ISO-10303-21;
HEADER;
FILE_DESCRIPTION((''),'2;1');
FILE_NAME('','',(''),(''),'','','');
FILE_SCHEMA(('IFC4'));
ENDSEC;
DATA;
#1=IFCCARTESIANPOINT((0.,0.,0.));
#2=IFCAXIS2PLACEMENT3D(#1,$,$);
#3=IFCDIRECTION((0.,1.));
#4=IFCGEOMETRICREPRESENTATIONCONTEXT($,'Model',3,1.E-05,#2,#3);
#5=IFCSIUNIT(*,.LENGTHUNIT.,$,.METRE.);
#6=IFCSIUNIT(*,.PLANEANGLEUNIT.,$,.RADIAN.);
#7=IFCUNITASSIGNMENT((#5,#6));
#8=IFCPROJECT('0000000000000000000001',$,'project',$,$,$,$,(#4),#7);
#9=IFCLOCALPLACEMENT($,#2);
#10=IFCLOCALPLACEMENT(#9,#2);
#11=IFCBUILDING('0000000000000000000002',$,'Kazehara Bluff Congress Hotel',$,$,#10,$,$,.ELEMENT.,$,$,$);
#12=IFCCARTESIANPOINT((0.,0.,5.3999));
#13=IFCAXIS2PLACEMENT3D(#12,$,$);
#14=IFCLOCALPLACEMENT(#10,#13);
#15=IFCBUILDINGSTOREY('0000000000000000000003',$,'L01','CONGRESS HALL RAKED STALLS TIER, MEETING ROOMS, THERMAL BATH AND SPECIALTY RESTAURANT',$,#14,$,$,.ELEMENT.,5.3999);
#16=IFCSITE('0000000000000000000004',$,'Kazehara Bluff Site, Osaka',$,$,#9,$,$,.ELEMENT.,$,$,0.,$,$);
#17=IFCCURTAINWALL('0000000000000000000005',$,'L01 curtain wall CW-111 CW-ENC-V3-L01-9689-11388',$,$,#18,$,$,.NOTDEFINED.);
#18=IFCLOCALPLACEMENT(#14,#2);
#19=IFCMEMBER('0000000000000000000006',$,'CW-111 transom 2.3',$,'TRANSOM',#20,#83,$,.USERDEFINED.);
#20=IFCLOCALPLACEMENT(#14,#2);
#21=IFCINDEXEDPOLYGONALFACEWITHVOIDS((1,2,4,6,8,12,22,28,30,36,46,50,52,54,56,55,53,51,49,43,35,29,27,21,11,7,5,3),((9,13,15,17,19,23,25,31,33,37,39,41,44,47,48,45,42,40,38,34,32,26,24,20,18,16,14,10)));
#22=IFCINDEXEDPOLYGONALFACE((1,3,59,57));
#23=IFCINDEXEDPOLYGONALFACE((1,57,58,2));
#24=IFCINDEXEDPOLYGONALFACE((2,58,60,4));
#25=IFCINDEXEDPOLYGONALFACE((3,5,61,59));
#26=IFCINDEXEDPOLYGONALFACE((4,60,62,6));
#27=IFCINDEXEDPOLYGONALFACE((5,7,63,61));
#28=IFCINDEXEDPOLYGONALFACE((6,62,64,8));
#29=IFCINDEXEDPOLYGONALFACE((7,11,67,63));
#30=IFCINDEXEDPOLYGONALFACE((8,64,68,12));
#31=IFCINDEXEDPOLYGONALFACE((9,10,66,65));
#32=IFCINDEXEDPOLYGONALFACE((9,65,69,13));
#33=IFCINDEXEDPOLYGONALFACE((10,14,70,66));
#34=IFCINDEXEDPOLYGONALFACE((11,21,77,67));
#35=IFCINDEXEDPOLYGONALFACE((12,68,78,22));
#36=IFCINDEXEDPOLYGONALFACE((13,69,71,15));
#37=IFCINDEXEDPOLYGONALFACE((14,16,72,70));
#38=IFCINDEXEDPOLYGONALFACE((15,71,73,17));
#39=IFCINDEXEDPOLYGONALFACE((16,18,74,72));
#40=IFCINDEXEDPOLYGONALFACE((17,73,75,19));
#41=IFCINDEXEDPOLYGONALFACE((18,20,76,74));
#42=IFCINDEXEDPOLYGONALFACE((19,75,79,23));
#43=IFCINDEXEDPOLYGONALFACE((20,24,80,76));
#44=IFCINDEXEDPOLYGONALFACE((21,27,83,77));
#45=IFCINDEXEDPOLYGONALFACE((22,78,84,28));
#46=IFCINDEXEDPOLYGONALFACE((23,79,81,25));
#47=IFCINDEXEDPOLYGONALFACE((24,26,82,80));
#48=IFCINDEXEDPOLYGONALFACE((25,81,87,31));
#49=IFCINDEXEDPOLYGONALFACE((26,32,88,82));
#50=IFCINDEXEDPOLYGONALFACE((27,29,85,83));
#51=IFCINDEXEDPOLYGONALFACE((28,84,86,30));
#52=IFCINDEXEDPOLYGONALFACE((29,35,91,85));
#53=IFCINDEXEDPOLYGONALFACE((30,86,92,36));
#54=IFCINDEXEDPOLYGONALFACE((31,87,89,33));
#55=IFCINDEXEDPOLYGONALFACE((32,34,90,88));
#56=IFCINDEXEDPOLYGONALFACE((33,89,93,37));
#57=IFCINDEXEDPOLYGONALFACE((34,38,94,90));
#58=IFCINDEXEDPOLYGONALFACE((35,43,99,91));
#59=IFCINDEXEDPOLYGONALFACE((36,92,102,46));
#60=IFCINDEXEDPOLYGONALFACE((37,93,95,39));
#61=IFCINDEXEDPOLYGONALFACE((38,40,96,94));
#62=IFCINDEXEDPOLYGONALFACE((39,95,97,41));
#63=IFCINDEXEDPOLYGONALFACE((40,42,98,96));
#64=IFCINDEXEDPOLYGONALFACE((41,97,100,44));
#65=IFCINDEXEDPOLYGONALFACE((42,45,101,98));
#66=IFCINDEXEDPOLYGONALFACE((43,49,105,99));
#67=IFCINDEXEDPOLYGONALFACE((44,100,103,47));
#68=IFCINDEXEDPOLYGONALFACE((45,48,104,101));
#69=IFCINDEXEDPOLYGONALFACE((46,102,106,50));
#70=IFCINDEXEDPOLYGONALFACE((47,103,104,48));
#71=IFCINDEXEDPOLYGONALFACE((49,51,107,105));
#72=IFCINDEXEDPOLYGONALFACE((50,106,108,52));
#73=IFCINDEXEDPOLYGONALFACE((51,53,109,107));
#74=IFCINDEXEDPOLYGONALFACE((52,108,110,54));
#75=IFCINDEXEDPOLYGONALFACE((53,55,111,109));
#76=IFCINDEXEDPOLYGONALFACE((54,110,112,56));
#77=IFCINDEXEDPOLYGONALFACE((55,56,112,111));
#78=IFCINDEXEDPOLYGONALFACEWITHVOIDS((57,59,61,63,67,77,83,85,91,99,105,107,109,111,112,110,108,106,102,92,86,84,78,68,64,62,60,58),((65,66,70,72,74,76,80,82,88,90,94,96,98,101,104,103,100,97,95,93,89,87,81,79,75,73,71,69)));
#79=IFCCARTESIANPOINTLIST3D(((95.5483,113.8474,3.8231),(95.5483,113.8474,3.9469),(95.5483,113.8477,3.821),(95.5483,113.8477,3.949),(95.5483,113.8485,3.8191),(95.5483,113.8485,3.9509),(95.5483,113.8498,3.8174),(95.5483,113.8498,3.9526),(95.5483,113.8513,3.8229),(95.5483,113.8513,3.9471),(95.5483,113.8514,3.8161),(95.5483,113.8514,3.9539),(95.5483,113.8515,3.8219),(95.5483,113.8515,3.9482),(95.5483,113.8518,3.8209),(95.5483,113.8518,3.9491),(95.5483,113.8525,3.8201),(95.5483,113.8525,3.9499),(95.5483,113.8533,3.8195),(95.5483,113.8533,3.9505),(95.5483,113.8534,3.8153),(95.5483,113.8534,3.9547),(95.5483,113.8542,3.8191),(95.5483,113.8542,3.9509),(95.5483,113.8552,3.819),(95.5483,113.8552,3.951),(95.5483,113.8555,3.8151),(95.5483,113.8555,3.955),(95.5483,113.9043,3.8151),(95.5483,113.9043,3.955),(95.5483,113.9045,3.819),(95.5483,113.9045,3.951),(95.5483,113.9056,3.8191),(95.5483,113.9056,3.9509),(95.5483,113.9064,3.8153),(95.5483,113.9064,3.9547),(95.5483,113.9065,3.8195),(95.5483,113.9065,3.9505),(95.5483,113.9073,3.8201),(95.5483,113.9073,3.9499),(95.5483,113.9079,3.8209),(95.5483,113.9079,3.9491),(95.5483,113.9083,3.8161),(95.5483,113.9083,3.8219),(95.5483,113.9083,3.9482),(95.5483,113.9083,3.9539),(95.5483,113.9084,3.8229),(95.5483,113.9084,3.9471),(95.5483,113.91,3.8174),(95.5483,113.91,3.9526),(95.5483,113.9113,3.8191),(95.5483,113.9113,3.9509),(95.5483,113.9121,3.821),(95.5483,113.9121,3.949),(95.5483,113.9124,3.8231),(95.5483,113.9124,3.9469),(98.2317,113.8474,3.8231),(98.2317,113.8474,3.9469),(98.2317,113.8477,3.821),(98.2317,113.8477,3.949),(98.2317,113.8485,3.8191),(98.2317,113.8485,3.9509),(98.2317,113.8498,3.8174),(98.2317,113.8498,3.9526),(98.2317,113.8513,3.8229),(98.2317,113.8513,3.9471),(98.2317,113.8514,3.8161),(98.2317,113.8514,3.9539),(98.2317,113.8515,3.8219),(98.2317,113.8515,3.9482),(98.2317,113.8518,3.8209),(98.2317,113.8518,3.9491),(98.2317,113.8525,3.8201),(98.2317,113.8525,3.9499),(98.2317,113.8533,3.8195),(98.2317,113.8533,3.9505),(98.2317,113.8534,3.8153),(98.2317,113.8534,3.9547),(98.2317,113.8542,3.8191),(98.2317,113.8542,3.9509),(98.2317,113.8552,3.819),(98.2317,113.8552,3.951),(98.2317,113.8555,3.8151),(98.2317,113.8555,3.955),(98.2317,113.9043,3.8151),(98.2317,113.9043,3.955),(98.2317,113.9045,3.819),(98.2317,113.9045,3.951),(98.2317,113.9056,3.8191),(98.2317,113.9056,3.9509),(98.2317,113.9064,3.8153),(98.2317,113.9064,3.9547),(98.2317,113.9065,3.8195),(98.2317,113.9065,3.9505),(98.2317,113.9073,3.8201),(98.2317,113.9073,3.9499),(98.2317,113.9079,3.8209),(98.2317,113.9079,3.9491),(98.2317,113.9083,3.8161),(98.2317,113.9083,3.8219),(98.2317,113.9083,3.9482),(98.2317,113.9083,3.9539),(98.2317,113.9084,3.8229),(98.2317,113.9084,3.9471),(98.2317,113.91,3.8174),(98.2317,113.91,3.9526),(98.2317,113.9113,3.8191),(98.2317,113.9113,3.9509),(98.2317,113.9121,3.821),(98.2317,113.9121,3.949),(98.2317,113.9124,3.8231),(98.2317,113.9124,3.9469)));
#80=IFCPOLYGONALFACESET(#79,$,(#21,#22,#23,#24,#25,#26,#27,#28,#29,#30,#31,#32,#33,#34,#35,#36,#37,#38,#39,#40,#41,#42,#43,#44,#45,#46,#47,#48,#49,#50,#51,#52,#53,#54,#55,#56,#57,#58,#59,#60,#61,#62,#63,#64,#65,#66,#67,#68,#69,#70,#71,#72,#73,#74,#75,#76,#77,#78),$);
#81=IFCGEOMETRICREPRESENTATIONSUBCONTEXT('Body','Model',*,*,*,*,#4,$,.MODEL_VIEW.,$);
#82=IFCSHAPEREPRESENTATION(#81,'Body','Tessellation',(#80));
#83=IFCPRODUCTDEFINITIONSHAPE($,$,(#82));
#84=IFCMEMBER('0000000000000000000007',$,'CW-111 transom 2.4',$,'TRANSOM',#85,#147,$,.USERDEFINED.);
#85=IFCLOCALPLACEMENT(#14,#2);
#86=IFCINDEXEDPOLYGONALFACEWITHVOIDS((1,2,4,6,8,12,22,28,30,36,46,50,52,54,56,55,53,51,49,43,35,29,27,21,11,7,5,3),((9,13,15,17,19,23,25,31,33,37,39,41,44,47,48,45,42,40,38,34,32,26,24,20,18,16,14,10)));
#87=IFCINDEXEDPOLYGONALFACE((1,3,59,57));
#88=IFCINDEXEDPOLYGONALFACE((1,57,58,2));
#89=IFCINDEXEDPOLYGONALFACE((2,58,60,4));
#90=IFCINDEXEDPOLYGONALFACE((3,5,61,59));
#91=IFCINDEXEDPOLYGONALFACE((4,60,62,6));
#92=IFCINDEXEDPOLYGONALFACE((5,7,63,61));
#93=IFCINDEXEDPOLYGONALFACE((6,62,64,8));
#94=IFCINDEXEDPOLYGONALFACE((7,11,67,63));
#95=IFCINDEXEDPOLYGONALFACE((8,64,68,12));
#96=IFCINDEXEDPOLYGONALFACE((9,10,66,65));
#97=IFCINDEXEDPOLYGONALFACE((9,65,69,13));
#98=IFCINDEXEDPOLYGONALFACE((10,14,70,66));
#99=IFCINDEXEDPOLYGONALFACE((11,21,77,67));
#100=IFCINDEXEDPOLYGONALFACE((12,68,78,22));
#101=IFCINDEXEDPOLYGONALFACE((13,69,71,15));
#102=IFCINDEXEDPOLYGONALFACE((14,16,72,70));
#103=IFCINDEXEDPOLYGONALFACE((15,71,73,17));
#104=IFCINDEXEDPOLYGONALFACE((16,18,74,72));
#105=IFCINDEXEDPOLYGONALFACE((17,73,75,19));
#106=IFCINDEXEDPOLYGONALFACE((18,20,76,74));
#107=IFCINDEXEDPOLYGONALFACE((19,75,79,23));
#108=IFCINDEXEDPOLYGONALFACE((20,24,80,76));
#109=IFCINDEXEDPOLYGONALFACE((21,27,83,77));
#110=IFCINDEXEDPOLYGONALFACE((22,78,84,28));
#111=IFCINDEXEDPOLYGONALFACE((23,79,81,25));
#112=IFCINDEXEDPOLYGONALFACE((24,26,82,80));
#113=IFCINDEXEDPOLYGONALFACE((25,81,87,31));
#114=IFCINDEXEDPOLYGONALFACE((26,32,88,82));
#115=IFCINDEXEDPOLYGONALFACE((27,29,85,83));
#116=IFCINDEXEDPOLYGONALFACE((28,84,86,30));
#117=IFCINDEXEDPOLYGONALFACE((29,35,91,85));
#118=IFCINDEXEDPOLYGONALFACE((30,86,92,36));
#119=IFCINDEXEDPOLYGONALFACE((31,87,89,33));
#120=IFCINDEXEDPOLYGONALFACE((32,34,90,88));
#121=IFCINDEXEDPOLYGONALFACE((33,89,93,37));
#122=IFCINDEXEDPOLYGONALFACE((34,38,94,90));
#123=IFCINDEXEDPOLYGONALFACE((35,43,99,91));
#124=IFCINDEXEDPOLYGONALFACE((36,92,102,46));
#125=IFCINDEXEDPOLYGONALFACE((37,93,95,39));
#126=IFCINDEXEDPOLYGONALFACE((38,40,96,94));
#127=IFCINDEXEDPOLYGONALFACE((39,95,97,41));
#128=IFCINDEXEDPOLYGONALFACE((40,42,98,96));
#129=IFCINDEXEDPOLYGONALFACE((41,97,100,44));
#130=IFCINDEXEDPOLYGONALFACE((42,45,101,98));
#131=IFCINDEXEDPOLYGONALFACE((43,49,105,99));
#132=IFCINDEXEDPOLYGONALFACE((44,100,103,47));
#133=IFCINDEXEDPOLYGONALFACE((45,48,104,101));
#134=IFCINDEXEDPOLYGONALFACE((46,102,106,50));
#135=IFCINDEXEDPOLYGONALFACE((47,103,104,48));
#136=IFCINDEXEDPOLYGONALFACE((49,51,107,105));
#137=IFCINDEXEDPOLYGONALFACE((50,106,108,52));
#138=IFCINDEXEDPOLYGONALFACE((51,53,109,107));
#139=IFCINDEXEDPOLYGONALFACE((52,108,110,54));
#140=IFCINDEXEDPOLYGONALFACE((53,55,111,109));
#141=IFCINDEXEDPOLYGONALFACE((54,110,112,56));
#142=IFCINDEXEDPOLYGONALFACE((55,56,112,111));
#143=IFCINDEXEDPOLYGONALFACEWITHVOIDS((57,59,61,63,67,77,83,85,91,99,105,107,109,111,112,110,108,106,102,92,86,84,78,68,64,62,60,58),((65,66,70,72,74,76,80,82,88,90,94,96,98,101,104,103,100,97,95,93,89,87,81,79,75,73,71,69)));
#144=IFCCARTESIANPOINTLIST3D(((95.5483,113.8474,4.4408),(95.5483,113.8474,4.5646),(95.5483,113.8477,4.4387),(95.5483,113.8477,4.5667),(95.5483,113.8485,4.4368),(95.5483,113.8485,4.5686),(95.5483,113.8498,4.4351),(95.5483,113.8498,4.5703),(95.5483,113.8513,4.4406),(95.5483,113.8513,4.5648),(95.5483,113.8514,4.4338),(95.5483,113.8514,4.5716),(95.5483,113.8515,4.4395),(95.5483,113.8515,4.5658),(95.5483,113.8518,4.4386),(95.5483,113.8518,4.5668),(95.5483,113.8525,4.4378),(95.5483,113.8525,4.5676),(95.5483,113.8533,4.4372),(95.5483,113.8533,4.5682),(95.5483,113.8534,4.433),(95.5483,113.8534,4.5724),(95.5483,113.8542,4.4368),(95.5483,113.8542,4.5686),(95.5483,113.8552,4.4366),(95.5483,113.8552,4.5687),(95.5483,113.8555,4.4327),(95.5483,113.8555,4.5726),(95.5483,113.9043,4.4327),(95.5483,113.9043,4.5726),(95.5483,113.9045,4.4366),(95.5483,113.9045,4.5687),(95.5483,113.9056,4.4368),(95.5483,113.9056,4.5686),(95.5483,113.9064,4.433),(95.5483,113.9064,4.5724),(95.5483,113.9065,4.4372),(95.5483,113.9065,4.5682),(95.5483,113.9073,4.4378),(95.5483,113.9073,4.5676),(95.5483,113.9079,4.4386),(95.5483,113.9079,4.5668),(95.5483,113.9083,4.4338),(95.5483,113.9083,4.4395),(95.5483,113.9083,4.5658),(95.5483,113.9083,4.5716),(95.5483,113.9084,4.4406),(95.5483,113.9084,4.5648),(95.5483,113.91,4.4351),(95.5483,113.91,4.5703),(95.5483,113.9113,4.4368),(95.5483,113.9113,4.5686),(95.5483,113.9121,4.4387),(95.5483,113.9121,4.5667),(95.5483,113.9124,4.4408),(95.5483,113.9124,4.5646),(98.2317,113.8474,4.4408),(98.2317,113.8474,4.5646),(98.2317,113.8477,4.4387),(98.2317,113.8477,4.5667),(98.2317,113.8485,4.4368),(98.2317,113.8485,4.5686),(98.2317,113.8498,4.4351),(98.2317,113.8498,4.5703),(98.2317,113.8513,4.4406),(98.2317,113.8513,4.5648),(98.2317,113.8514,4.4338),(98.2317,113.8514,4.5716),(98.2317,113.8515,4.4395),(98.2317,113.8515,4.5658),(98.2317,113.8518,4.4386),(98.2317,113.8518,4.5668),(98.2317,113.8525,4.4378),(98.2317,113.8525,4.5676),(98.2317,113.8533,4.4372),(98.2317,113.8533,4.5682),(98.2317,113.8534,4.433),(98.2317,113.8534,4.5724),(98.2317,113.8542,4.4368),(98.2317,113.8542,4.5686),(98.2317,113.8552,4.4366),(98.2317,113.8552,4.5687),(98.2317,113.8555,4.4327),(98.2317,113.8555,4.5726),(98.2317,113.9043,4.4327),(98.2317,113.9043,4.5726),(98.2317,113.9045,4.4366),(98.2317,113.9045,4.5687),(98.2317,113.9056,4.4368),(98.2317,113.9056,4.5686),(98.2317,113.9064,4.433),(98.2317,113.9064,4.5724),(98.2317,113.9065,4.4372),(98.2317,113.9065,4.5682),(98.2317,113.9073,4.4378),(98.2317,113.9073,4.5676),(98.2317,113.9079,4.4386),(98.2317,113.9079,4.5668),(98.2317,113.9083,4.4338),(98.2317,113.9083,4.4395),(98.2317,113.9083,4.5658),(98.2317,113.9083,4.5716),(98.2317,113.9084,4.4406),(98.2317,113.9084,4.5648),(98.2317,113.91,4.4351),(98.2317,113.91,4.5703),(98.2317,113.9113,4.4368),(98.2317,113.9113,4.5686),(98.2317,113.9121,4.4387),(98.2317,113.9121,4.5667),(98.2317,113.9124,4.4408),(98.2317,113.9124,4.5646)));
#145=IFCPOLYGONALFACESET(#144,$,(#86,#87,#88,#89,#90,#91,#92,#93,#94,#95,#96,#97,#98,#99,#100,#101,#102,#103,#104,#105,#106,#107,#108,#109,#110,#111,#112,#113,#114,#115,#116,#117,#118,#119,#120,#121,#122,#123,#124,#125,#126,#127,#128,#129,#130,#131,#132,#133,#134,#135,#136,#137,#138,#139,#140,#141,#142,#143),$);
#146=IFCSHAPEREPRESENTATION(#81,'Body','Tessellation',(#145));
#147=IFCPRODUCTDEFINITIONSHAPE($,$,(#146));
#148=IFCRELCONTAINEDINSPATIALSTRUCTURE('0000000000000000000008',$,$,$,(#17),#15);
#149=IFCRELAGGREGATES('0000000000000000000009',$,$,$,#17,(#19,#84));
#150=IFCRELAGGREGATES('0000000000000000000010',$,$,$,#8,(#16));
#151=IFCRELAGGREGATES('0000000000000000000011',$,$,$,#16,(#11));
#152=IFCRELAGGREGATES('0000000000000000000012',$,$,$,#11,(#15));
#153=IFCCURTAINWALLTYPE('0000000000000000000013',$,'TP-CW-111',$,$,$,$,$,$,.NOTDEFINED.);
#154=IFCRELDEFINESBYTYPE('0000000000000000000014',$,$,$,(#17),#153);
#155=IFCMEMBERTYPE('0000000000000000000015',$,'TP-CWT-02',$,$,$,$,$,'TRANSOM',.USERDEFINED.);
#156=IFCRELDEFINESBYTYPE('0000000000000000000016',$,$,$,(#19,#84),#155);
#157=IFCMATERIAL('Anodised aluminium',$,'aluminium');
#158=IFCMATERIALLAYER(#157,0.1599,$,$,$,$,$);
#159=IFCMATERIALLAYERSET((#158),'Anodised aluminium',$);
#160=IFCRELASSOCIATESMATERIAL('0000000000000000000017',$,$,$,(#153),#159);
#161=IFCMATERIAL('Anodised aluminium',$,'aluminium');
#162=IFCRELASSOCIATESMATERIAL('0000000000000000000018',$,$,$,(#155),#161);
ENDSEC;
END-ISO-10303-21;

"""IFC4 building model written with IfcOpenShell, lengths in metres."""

from ifc_helpers import new_model, si_unit, direction, frame, origin, origin_2d, place, context, subcontext, project, spatial, hollow_rectangle, extrude, material, layer, layer_set, material_profile, profile_set, type_object, element, aggregate, save


model = new_model("IFC4")

# Units and contexts
model_context = context("Model", 3, precision=1e-05, world=origin(), true_north=direction((0.0, 1.0)))
body_context = subcontext(model_context, "Body", "Model", "MODEL_VIEW")
ifc_project = project(units=[si_unit("LENGTHUNIT", "METRE"), si_unit("PLANEANGLEUNIT", "RADIAN")], contexts=[model_context])

# Site, building, storey
site_placement = place(None, origin())
site = spatial("IfcSite", under=ifc_project, at=site_placement, Name="Kazehara Bluff Site, Osaka", CompositionType="ELEMENT", RefElevation=0.0)
building_placement = place(site_placement, origin())
building = spatial("IfcBuilding", under=site, at=building_placement, Name="Kazehara Bluff Congress Hotel", CompositionType="ELEMENT")
storey_placement = place(building_placement, frame((0.0, 0.0, 5.3999)))
storey = spatial("IfcBuildingStorey", under=building, at=storey_placement, Name="L01", Description="CONGRESS HALL RAKED STALLS TIER, MEETING ROOMS, THERMAL BATH AND SPECIALTY RESTAURANT", CompositionType="ELEMENT", Elevation=5.3999)

# Curtain wall, members
ifc_material_1 = material(Name="Anodised aluminium", Category="aluminium")
ifc_layer_1 = layer(ifc_material_1, 0.1599)
ifc_layer_set_1 = layer_set([ifc_layer_1], Name="Anodised aluminium")
curtain_wall_type = type_object("IfcCurtainWallType", Name="TP-CW-111", PredefinedType="NOTDEFINED", material=ifc_layer_set_1)
curtain_wall_placement = place(storey_placement, origin())
curtain_wall = element("IfcCurtainWall", 1, at=curtain_wall_placement, inside=storey, type_object=curtain_wall_type, Name="L01 curtain wall CW-111 CW-ENC-V3-L01-9689-11388", PredefinedType="NOTDEFINED")
ifc_material_2 = material(Name="Anodised aluminium", Category="aluminium")
ifc_material_profile_1 = material_profile(ifc_material_2, hollow_rectangle(XDim=0.0649, YDim=0.1399, WallThickness=0.0039, InnerFilletRadius=0.0039, OuterFilletRadius=0.0081, at=origin_2d()))
ifc_profile_set_1 = profile_set([ifc_material_profile_1], Name="Anodised aluminium")
member_type_1 = type_object("IfcMemberType", Name="TP-CWT-02", ElementType="TRANSOM", PredefinedType="USERDEFINED", material=ifc_profile_set_1)
member_1_placement = place(storey_placement, frame((95.5483, 113.8799, 3.885), z_axis=(1.0, 0.0, 0.0), x_axis=(0.0, 1.0, 0.0)))
member_1 = element("IfcMember", 2, at=member_1_placement, type_object=member_type_1, Name="CW-111 transom 2.3", ObjectType="TRANSOM", PredefinedType="USERDEFINED", context=body_context, shape_type="SweptSolid", body=[
    extrude(hollow_rectangle(XDim=0.0649, YDim=0.1399, WallThickness=0.0039, InnerFilletRadius=0.0039, OuterFilletRadius=0.0081, at=origin_2d()), origin(), (0.0, 0.0, 1.0), 2.6833),
])
member_2_placement = place(storey_placement, frame((95.5483, 113.8799, 4.5027), z_axis=(1.0, 0.0, 0.0), x_axis=(0.0, 1.0, 0.0)))
member_2 = element("IfcMember", 3, at=member_2_placement, type_object=member_type_1, Name="CW-111 transom 2.4", ObjectType="TRANSOM", PredefinedType="USERDEFINED", context=body_context, shape_type="SweptSolid", body=[
    extrude(hollow_rectangle(XDim=0.0649, YDim=0.1399, WallThickness=0.0039, InnerFilletRadius=0.0039, OuterFilletRadius=0.0081, at=origin_2d()), origin(), (0.0, 0.0, 1.0), 2.6833),
])

aggregate(curtain_wall, [member_1, member_2])

save(model, "model.ifc")
